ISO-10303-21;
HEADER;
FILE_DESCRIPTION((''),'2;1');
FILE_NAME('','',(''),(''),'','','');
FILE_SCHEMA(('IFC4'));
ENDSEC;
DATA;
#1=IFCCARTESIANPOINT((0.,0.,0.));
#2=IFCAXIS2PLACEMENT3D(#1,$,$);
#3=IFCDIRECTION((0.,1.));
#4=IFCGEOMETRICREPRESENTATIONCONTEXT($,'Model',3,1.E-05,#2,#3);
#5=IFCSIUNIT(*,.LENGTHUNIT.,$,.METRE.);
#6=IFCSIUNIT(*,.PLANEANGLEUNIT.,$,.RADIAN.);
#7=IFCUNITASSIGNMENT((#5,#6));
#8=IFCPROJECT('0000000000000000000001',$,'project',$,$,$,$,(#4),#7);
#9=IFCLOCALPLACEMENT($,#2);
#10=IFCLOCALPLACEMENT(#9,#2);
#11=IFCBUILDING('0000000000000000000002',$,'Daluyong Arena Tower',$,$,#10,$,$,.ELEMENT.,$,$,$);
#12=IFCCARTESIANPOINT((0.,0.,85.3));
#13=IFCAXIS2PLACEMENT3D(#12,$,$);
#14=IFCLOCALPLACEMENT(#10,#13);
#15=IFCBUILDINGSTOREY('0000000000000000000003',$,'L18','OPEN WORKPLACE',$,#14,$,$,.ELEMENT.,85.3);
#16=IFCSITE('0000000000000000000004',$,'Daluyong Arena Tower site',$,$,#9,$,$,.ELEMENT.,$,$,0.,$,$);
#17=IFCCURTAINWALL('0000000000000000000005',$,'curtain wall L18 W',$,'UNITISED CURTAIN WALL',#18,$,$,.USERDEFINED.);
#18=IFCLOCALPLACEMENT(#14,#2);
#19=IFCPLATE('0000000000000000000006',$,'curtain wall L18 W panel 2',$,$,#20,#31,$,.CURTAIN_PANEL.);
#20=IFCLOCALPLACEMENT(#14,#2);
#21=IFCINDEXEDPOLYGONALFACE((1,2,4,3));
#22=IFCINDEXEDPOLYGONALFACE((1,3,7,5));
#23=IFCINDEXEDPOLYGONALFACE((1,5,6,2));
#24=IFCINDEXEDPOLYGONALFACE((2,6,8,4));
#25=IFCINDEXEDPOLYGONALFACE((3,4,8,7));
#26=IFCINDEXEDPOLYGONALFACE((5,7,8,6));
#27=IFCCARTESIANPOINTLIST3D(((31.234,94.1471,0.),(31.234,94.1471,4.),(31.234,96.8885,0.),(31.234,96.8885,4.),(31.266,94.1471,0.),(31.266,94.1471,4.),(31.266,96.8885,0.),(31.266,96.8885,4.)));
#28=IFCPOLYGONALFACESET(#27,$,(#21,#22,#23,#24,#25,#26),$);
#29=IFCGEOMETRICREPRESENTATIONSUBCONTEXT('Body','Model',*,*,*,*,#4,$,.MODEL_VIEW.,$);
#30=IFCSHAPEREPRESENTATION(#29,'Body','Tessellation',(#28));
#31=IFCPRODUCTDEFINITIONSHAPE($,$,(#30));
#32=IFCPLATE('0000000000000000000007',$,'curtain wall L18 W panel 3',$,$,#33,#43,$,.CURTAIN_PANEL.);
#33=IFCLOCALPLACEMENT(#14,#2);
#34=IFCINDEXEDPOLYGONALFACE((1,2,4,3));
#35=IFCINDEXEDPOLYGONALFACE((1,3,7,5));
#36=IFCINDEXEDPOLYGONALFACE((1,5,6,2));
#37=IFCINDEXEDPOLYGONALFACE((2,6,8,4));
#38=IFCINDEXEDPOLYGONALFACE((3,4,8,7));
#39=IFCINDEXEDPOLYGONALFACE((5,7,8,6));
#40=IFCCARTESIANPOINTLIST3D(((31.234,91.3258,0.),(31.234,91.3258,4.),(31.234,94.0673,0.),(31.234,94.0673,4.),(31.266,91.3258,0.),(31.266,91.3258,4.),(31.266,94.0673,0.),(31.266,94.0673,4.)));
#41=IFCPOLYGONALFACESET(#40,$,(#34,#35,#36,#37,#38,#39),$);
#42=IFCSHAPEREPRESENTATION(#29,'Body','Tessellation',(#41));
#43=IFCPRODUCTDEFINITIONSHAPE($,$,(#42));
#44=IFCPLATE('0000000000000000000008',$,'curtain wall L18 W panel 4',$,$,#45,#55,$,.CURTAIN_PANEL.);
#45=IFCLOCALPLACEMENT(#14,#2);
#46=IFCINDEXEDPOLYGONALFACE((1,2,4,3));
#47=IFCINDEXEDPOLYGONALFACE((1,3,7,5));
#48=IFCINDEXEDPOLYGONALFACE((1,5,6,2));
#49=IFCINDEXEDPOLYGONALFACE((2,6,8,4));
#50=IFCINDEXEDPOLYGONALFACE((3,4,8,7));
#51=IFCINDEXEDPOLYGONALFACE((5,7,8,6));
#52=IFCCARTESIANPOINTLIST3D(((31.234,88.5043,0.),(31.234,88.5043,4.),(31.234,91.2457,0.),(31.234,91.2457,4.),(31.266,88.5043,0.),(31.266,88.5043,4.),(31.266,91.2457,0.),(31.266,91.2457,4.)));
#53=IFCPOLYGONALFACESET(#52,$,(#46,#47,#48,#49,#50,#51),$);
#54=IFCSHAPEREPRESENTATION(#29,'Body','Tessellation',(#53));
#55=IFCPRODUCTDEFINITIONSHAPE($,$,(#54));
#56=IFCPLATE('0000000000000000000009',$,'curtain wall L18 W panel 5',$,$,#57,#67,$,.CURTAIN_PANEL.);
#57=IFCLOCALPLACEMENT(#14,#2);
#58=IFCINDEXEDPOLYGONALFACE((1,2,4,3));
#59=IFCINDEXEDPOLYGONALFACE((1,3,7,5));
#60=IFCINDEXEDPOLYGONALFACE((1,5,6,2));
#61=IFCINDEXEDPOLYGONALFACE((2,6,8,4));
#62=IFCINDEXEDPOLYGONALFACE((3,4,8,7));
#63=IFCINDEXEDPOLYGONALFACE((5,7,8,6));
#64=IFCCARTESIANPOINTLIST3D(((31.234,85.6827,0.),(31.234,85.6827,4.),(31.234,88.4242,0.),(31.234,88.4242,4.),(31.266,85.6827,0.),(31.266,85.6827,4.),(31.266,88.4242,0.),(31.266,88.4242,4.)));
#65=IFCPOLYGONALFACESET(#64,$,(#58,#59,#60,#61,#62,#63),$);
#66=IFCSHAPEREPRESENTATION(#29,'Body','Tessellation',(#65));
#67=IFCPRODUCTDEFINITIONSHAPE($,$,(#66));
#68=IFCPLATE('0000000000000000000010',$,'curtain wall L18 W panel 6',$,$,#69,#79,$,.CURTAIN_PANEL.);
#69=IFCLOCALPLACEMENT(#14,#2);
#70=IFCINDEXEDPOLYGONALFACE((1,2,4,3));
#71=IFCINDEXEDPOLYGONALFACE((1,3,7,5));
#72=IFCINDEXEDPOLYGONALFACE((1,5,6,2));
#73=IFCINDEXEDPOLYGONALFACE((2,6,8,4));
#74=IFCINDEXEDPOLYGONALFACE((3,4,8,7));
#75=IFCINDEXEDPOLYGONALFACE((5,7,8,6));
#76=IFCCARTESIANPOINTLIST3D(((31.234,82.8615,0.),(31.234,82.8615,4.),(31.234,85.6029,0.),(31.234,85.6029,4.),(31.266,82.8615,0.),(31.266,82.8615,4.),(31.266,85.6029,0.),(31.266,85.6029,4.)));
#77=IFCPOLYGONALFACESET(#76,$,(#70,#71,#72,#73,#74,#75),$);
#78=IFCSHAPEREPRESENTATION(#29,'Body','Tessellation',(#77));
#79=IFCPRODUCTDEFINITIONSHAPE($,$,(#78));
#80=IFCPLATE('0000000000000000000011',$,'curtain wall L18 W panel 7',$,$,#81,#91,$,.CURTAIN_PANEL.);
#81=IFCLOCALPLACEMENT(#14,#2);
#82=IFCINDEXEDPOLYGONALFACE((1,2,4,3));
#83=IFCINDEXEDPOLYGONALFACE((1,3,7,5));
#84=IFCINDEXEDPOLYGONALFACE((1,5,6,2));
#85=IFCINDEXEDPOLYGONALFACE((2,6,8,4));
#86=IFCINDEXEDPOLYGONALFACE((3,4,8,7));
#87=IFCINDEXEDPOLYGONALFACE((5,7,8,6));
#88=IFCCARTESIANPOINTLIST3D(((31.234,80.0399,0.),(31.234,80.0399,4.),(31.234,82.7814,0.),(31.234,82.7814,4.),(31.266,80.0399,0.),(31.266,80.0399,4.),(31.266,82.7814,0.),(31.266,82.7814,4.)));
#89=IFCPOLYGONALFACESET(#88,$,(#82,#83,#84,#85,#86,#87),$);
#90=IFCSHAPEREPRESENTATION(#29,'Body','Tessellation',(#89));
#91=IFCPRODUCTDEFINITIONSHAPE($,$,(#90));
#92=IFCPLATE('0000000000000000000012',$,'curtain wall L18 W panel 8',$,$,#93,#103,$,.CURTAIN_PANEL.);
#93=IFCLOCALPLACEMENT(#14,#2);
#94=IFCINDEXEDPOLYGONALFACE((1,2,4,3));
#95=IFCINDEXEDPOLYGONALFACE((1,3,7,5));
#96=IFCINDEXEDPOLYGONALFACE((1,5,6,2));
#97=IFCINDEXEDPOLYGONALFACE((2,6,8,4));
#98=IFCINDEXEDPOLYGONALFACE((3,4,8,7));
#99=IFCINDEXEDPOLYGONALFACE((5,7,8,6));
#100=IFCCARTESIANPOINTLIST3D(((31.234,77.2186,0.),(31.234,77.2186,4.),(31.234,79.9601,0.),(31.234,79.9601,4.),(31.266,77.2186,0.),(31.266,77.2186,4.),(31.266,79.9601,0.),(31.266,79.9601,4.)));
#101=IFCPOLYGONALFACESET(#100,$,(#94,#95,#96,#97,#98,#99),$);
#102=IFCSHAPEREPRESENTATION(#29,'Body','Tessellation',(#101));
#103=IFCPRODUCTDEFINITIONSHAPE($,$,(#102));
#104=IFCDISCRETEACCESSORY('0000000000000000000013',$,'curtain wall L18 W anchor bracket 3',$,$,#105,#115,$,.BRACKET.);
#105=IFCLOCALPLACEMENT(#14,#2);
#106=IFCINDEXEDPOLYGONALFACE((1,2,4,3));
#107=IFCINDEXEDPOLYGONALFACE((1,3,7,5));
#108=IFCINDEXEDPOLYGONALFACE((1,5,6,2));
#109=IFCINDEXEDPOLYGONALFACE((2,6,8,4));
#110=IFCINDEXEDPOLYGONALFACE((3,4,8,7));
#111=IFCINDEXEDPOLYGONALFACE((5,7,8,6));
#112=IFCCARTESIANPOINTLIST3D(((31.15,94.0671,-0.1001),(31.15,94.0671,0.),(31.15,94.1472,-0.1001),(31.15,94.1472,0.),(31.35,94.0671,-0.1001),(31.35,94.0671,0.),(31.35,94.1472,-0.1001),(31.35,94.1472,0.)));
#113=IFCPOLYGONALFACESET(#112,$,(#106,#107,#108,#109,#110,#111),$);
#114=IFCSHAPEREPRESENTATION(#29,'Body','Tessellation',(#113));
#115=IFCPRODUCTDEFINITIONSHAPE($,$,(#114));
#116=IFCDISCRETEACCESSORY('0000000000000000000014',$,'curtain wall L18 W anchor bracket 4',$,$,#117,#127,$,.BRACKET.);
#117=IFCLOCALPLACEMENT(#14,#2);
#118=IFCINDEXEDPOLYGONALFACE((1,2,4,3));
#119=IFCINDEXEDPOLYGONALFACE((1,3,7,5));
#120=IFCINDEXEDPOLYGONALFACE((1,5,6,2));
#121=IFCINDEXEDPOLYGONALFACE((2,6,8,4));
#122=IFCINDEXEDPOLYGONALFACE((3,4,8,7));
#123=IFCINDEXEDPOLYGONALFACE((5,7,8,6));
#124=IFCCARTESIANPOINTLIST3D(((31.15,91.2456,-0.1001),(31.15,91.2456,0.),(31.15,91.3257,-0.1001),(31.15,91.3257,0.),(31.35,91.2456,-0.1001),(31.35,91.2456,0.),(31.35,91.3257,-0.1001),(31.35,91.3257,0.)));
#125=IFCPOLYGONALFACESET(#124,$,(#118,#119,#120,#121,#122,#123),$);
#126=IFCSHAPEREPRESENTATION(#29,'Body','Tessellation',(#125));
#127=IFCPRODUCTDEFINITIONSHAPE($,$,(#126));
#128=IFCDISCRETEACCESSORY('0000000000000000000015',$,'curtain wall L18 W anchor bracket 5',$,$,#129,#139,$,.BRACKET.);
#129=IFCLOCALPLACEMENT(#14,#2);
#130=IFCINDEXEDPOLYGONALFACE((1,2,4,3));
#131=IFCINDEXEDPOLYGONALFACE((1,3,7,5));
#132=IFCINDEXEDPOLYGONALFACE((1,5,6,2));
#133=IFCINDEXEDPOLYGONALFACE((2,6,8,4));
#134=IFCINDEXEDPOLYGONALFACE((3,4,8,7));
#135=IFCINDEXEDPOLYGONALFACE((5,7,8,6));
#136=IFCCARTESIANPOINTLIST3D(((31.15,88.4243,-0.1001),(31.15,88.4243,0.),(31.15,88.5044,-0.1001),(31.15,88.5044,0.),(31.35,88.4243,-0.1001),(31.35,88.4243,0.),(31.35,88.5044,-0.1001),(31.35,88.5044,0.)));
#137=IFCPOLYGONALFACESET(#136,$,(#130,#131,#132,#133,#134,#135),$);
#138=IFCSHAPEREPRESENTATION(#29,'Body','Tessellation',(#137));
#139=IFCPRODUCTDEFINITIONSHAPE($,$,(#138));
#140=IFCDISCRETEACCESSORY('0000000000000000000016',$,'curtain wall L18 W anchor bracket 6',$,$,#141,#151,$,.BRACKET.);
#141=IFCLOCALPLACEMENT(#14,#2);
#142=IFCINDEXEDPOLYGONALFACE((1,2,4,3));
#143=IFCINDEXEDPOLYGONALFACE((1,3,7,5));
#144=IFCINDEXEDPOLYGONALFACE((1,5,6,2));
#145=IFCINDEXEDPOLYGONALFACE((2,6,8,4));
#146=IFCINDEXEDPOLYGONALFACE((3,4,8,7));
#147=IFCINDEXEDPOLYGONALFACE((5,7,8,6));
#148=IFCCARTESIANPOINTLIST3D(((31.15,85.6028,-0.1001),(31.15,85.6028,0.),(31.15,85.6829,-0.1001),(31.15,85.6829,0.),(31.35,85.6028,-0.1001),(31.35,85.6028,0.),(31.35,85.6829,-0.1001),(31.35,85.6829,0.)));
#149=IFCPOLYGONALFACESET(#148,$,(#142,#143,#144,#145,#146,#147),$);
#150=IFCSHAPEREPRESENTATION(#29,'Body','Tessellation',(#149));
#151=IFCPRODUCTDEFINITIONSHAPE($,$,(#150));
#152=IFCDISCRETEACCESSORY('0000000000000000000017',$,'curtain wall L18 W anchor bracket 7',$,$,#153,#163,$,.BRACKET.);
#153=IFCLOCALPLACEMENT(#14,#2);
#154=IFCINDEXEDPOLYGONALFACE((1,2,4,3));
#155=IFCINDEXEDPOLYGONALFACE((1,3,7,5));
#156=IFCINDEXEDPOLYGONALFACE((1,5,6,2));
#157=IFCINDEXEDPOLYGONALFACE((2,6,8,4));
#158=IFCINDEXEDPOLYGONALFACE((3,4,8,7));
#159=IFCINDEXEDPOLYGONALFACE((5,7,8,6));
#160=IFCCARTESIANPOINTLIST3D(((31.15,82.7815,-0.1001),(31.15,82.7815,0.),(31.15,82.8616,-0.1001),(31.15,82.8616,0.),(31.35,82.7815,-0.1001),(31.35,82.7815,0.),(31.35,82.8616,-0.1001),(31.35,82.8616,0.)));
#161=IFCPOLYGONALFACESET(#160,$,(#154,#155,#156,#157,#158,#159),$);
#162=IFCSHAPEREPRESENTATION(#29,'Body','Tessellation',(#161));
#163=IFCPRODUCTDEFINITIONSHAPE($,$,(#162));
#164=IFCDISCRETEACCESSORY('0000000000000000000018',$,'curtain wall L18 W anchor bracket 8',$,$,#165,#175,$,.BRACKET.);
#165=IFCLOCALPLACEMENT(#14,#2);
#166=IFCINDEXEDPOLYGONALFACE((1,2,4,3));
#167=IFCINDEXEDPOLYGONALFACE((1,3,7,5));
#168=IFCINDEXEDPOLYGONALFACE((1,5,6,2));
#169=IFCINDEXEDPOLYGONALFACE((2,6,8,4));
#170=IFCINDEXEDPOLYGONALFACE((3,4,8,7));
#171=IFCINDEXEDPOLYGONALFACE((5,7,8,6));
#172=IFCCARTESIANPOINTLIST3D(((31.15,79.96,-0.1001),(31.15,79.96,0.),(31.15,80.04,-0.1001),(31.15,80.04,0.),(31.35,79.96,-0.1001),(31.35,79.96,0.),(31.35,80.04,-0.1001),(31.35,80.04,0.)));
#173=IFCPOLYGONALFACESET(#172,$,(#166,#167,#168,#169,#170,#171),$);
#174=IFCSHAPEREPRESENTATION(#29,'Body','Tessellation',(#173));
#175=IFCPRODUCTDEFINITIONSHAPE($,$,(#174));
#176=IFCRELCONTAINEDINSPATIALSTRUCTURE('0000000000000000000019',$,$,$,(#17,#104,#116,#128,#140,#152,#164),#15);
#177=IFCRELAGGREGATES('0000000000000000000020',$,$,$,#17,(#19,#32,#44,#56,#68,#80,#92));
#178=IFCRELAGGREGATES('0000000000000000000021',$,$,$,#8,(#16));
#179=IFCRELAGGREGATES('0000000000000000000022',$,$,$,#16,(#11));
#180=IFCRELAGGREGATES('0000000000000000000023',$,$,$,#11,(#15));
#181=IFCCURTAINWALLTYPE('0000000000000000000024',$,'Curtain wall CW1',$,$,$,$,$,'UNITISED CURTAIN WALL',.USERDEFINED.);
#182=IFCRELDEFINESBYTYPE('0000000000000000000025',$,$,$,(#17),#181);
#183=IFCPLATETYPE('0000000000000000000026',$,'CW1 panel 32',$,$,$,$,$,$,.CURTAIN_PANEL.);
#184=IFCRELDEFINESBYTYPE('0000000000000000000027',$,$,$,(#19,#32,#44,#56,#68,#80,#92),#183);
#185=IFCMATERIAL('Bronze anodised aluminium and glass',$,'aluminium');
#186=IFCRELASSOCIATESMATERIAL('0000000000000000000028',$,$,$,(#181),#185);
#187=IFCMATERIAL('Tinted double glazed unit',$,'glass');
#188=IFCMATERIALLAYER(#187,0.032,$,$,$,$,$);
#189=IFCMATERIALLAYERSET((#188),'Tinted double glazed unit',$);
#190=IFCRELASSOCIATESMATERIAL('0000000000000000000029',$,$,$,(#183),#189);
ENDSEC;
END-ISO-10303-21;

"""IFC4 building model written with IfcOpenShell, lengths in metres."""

from ifc_helpers import new_model, si_unit, direction, frame, origin, origin_2d, place, context, subcontext, project, spatial, rectangle, extrude, material, layer, layer_set, type_object, element, aggregate, save


model = new_model("IFC4")

# Units and contexts
model_context = context("Model", 3, precision=1e-05, world=origin(), true_north=direction((0.0, 1.0)))
body_context = subcontext(model_context, "Body", "Model", "MODEL_VIEW")
ifc_project = project(units=[si_unit("LENGTHUNIT", "METRE"), si_unit("PLANEANGLEUNIT", "RADIAN")], contexts=[model_context])

# Site, building, storey
site_placement = place(None, origin())
site = spatial("IfcSite", under=ifc_project, at=site_placement, Name="Daluyong Arena Tower site", CompositionType="ELEMENT", RefElevation=0.0)
building_placement = place(site_placement, origin())
building = spatial("IfcBuilding", under=site, at=building_placement, Name="Daluyong Arena Tower", CompositionType="ELEMENT")
storey_placement = place(building_placement, frame((0.0, 0.0, 85.3)))
storey = spatial("IfcBuildingStorey", under=building, at=storey_placement, Name="L18", Description="OPEN WORKPLACE", CompositionType="ELEMENT", Elevation=85.3)

# Curtain wall
ifc_material_1 = material(Name="Bronze anodised aluminium and glass", Category="aluminium")
curtain_wall_type = type_object("IfcCurtainWallType", Name="Curtain wall CW1", ElementType="UNITISED CURTAIN WALL", PredefinedType="USERDEFINED", material=ifc_material_1)
curtain_wall_placement = place(storey_placement, origin())
curtain_wall = element("IfcCurtainWall", 1, at=curtain_wall_placement, inside=storey, type_object=curtain_wall_type, Name="curtain wall L18 W", ObjectType="UNITISED CURTAIN WALL", PredefinedType="USERDEFINED")

# Plates
ifc_material_2 = material(Name="Tinted double glazed unit", Category="glass")
ifc_layer = layer(ifc_material_2, 0.032)
ifc_layer_set = layer_set([ifc_layer], Name="Tinted double glazed unit")
plate_type = type_object("IfcPlateType", Name="CW1 panel 32", PredefinedType="CURTAIN_PANEL", material=ifc_layer_set)
plate_1_placement = place(storey_placement, frame((31.25, 95.5178, 0.0), z_axis=(0.0, 0.0, 1.0), x_axis=(0.0, -1.0, 0.0)))
plate_1 = element("IfcPlate", 2, at=plate_1_placement, type_object=plate_type, Name="curtain wall L18 W panel 2", PredefinedType="CURTAIN_PANEL", context=body_context, shape_type="SweptSolid", body=[
    extrude(rectangle(XDim=2.7415, YDim=0.032, at=origin_2d()), origin(), (0.0, 0.0, 1.0), 4.0),
])
plate_2_placement = place(storey_placement, frame((31.25, 92.6965, 0.0), z_axis=(0.0, 0.0, 1.0), x_axis=(0.0, -1.0, 0.0)))
plate_2 = element("IfcPlate", 3, at=plate_2_placement, type_object=plate_type, Name="curtain wall L18 W panel 3", PredefinedType="CURTAIN_PANEL", context=body_context, shape_type="SweptSolid", body=[
    extrude(rectangle(XDim=2.7415, YDim=0.032, at=origin_2d()), origin(), (0.0, 0.0, 1.0), 4.0),
])
plate_3_placement = place(storey_placement, frame((31.25, 89.875, 0.0), z_axis=(0.0, 0.0, 1.0), x_axis=(0.0, -1.0, 0.0)))
plate_3 = element("IfcPlate", 4, at=plate_3_placement, type_object=plate_type, Name="curtain wall L18 W panel 4", PredefinedType="CURTAIN_PANEL", context=body_context, shape_type="SweptSolid", body=[
    extrude(rectangle(XDim=2.7415, YDim=0.032, at=origin_2d()), origin(), (0.0, 0.0, 1.0), 4.0),
])
plate_4_placement = place(storey_placement, frame((31.25, 87.0535, 0.0), z_axis=(0.0, 0.0, 1.0), x_axis=(0.0, -1.0, 0.0)))
plate_4 = element("IfcPlate", 5, at=plate_4_placement, type_object=plate_type, Name="curtain wall L18 W panel 5", PredefinedType="CURTAIN_PANEL", context=body_context, shape_type="SweptSolid", body=[
    extrude(rectangle(XDim=2.7415, YDim=0.032, at=origin_2d()), origin(), (0.0, 0.0, 1.0), 4.0),
])
plate_5_placement = place(storey_placement, frame((31.25, 84.2322, 0.0), z_axis=(0.0, 0.0, 1.0), x_axis=(0.0, -1.0, 0.0)))
plate_5 = element("IfcPlate", 6, at=plate_5_placement, type_object=plate_type, Name="curtain wall L18 W panel 6", PredefinedType="CURTAIN_PANEL", context=body_context, shape_type="SweptSolid", body=[
    extrude(rectangle(XDim=2.7415, YDim=0.032, at=origin_2d()), origin(), (0.0, 0.0, 1.0), 4.0),
])
plate_6_placement = place(storey_placement, frame((31.25, 81.4106, 0.0), z_axis=(0.0, 0.0, 1.0), x_axis=(0.0, -1.0, 0.0)))
plate_6 = element("IfcPlate", 7, at=plate_6_placement, type_object=plate_type, Name="curtain wall L18 W panel 7", PredefinedType="CURTAIN_PANEL", context=body_context, shape_type="SweptSolid", body=[
    extrude(rectangle(XDim=2.7415, YDim=0.032, at=origin_2d()), origin(), (0.0, 0.0, 1.0), 4.0),
])
plate_7_placement = place(storey_placement, frame((31.25, 78.5894, 0.0), z_axis=(0.0, 0.0, 1.0), x_axis=(0.0, -1.0, 0.0)))
plate_7 = element("IfcPlate", 8, at=plate_7_placement, type_object=plate_type, Name="curtain wall L18 W panel 8", PredefinedType="CURTAIN_PANEL", context=body_context, shape_type="SweptSolid", body=[
    extrude(rectangle(XDim=2.7415, YDim=0.032, at=origin_2d()), origin(), (0.0, 0.0, 1.0), 4.0),
])
aggregate(curtain_wall, [plate_1, plate_2, plate_3, plate_4, plate_5, plate_6, plate_7])

# Discrete accessories
for number, where, z_axis, x_axis, name in (
    (9, (31.25, 94.1072, -0.1001), (0.0, 0.0, 1.0), (0.0, -1.0, 0.0), "curtain wall L18 W anchor bracket 3"),
    (10, (31.25, 91.2856, -0.1001), (0.0, 0.0, 1.0), (0.0, -1.0, 0.0), "curtain wall L18 W anchor bracket 4"),
    (11, (31.25, 88.4644, -0.1001), (0.0, 0.0, 1.0), (0.0, -1.0, 0.0), "curtain wall L18 W anchor bracket 5"),
    (12, (31.25, 85.6428, -0.1001), (0.0, 0.0, 1.0), (0.0, -1.0, 0.0), "curtain wall L18 W anchor bracket 6"),
    (13, (31.25, 82.8215, -0.1001), (0.0, 0.0, 1.0), (0.0, -1.0, 0.0), "curtain wall L18 W anchor bracket 7"),
    (14, (31.25, 80.0, -0.1001), (0.0, 0.0, 1.0), (0.0, -1.0, 0.0), "curtain wall L18 W anchor bracket 8"),
):
    element("IfcDiscreteAccessory", number, at=place(storey_placement, frame(where, z_axis=z_axis, x_axis=x_axis)), inside=storey, Name=name, PredefinedType="BRACKET", context=body_context, shape_type="SweptSolid", body=[
        extrude(rectangle(XDim=0.0801, YDim=0.2, at=origin_2d()), origin(), (0.0, 0.0, 1.0), 0.1001),
    ])

save(model, "model.ifc")
